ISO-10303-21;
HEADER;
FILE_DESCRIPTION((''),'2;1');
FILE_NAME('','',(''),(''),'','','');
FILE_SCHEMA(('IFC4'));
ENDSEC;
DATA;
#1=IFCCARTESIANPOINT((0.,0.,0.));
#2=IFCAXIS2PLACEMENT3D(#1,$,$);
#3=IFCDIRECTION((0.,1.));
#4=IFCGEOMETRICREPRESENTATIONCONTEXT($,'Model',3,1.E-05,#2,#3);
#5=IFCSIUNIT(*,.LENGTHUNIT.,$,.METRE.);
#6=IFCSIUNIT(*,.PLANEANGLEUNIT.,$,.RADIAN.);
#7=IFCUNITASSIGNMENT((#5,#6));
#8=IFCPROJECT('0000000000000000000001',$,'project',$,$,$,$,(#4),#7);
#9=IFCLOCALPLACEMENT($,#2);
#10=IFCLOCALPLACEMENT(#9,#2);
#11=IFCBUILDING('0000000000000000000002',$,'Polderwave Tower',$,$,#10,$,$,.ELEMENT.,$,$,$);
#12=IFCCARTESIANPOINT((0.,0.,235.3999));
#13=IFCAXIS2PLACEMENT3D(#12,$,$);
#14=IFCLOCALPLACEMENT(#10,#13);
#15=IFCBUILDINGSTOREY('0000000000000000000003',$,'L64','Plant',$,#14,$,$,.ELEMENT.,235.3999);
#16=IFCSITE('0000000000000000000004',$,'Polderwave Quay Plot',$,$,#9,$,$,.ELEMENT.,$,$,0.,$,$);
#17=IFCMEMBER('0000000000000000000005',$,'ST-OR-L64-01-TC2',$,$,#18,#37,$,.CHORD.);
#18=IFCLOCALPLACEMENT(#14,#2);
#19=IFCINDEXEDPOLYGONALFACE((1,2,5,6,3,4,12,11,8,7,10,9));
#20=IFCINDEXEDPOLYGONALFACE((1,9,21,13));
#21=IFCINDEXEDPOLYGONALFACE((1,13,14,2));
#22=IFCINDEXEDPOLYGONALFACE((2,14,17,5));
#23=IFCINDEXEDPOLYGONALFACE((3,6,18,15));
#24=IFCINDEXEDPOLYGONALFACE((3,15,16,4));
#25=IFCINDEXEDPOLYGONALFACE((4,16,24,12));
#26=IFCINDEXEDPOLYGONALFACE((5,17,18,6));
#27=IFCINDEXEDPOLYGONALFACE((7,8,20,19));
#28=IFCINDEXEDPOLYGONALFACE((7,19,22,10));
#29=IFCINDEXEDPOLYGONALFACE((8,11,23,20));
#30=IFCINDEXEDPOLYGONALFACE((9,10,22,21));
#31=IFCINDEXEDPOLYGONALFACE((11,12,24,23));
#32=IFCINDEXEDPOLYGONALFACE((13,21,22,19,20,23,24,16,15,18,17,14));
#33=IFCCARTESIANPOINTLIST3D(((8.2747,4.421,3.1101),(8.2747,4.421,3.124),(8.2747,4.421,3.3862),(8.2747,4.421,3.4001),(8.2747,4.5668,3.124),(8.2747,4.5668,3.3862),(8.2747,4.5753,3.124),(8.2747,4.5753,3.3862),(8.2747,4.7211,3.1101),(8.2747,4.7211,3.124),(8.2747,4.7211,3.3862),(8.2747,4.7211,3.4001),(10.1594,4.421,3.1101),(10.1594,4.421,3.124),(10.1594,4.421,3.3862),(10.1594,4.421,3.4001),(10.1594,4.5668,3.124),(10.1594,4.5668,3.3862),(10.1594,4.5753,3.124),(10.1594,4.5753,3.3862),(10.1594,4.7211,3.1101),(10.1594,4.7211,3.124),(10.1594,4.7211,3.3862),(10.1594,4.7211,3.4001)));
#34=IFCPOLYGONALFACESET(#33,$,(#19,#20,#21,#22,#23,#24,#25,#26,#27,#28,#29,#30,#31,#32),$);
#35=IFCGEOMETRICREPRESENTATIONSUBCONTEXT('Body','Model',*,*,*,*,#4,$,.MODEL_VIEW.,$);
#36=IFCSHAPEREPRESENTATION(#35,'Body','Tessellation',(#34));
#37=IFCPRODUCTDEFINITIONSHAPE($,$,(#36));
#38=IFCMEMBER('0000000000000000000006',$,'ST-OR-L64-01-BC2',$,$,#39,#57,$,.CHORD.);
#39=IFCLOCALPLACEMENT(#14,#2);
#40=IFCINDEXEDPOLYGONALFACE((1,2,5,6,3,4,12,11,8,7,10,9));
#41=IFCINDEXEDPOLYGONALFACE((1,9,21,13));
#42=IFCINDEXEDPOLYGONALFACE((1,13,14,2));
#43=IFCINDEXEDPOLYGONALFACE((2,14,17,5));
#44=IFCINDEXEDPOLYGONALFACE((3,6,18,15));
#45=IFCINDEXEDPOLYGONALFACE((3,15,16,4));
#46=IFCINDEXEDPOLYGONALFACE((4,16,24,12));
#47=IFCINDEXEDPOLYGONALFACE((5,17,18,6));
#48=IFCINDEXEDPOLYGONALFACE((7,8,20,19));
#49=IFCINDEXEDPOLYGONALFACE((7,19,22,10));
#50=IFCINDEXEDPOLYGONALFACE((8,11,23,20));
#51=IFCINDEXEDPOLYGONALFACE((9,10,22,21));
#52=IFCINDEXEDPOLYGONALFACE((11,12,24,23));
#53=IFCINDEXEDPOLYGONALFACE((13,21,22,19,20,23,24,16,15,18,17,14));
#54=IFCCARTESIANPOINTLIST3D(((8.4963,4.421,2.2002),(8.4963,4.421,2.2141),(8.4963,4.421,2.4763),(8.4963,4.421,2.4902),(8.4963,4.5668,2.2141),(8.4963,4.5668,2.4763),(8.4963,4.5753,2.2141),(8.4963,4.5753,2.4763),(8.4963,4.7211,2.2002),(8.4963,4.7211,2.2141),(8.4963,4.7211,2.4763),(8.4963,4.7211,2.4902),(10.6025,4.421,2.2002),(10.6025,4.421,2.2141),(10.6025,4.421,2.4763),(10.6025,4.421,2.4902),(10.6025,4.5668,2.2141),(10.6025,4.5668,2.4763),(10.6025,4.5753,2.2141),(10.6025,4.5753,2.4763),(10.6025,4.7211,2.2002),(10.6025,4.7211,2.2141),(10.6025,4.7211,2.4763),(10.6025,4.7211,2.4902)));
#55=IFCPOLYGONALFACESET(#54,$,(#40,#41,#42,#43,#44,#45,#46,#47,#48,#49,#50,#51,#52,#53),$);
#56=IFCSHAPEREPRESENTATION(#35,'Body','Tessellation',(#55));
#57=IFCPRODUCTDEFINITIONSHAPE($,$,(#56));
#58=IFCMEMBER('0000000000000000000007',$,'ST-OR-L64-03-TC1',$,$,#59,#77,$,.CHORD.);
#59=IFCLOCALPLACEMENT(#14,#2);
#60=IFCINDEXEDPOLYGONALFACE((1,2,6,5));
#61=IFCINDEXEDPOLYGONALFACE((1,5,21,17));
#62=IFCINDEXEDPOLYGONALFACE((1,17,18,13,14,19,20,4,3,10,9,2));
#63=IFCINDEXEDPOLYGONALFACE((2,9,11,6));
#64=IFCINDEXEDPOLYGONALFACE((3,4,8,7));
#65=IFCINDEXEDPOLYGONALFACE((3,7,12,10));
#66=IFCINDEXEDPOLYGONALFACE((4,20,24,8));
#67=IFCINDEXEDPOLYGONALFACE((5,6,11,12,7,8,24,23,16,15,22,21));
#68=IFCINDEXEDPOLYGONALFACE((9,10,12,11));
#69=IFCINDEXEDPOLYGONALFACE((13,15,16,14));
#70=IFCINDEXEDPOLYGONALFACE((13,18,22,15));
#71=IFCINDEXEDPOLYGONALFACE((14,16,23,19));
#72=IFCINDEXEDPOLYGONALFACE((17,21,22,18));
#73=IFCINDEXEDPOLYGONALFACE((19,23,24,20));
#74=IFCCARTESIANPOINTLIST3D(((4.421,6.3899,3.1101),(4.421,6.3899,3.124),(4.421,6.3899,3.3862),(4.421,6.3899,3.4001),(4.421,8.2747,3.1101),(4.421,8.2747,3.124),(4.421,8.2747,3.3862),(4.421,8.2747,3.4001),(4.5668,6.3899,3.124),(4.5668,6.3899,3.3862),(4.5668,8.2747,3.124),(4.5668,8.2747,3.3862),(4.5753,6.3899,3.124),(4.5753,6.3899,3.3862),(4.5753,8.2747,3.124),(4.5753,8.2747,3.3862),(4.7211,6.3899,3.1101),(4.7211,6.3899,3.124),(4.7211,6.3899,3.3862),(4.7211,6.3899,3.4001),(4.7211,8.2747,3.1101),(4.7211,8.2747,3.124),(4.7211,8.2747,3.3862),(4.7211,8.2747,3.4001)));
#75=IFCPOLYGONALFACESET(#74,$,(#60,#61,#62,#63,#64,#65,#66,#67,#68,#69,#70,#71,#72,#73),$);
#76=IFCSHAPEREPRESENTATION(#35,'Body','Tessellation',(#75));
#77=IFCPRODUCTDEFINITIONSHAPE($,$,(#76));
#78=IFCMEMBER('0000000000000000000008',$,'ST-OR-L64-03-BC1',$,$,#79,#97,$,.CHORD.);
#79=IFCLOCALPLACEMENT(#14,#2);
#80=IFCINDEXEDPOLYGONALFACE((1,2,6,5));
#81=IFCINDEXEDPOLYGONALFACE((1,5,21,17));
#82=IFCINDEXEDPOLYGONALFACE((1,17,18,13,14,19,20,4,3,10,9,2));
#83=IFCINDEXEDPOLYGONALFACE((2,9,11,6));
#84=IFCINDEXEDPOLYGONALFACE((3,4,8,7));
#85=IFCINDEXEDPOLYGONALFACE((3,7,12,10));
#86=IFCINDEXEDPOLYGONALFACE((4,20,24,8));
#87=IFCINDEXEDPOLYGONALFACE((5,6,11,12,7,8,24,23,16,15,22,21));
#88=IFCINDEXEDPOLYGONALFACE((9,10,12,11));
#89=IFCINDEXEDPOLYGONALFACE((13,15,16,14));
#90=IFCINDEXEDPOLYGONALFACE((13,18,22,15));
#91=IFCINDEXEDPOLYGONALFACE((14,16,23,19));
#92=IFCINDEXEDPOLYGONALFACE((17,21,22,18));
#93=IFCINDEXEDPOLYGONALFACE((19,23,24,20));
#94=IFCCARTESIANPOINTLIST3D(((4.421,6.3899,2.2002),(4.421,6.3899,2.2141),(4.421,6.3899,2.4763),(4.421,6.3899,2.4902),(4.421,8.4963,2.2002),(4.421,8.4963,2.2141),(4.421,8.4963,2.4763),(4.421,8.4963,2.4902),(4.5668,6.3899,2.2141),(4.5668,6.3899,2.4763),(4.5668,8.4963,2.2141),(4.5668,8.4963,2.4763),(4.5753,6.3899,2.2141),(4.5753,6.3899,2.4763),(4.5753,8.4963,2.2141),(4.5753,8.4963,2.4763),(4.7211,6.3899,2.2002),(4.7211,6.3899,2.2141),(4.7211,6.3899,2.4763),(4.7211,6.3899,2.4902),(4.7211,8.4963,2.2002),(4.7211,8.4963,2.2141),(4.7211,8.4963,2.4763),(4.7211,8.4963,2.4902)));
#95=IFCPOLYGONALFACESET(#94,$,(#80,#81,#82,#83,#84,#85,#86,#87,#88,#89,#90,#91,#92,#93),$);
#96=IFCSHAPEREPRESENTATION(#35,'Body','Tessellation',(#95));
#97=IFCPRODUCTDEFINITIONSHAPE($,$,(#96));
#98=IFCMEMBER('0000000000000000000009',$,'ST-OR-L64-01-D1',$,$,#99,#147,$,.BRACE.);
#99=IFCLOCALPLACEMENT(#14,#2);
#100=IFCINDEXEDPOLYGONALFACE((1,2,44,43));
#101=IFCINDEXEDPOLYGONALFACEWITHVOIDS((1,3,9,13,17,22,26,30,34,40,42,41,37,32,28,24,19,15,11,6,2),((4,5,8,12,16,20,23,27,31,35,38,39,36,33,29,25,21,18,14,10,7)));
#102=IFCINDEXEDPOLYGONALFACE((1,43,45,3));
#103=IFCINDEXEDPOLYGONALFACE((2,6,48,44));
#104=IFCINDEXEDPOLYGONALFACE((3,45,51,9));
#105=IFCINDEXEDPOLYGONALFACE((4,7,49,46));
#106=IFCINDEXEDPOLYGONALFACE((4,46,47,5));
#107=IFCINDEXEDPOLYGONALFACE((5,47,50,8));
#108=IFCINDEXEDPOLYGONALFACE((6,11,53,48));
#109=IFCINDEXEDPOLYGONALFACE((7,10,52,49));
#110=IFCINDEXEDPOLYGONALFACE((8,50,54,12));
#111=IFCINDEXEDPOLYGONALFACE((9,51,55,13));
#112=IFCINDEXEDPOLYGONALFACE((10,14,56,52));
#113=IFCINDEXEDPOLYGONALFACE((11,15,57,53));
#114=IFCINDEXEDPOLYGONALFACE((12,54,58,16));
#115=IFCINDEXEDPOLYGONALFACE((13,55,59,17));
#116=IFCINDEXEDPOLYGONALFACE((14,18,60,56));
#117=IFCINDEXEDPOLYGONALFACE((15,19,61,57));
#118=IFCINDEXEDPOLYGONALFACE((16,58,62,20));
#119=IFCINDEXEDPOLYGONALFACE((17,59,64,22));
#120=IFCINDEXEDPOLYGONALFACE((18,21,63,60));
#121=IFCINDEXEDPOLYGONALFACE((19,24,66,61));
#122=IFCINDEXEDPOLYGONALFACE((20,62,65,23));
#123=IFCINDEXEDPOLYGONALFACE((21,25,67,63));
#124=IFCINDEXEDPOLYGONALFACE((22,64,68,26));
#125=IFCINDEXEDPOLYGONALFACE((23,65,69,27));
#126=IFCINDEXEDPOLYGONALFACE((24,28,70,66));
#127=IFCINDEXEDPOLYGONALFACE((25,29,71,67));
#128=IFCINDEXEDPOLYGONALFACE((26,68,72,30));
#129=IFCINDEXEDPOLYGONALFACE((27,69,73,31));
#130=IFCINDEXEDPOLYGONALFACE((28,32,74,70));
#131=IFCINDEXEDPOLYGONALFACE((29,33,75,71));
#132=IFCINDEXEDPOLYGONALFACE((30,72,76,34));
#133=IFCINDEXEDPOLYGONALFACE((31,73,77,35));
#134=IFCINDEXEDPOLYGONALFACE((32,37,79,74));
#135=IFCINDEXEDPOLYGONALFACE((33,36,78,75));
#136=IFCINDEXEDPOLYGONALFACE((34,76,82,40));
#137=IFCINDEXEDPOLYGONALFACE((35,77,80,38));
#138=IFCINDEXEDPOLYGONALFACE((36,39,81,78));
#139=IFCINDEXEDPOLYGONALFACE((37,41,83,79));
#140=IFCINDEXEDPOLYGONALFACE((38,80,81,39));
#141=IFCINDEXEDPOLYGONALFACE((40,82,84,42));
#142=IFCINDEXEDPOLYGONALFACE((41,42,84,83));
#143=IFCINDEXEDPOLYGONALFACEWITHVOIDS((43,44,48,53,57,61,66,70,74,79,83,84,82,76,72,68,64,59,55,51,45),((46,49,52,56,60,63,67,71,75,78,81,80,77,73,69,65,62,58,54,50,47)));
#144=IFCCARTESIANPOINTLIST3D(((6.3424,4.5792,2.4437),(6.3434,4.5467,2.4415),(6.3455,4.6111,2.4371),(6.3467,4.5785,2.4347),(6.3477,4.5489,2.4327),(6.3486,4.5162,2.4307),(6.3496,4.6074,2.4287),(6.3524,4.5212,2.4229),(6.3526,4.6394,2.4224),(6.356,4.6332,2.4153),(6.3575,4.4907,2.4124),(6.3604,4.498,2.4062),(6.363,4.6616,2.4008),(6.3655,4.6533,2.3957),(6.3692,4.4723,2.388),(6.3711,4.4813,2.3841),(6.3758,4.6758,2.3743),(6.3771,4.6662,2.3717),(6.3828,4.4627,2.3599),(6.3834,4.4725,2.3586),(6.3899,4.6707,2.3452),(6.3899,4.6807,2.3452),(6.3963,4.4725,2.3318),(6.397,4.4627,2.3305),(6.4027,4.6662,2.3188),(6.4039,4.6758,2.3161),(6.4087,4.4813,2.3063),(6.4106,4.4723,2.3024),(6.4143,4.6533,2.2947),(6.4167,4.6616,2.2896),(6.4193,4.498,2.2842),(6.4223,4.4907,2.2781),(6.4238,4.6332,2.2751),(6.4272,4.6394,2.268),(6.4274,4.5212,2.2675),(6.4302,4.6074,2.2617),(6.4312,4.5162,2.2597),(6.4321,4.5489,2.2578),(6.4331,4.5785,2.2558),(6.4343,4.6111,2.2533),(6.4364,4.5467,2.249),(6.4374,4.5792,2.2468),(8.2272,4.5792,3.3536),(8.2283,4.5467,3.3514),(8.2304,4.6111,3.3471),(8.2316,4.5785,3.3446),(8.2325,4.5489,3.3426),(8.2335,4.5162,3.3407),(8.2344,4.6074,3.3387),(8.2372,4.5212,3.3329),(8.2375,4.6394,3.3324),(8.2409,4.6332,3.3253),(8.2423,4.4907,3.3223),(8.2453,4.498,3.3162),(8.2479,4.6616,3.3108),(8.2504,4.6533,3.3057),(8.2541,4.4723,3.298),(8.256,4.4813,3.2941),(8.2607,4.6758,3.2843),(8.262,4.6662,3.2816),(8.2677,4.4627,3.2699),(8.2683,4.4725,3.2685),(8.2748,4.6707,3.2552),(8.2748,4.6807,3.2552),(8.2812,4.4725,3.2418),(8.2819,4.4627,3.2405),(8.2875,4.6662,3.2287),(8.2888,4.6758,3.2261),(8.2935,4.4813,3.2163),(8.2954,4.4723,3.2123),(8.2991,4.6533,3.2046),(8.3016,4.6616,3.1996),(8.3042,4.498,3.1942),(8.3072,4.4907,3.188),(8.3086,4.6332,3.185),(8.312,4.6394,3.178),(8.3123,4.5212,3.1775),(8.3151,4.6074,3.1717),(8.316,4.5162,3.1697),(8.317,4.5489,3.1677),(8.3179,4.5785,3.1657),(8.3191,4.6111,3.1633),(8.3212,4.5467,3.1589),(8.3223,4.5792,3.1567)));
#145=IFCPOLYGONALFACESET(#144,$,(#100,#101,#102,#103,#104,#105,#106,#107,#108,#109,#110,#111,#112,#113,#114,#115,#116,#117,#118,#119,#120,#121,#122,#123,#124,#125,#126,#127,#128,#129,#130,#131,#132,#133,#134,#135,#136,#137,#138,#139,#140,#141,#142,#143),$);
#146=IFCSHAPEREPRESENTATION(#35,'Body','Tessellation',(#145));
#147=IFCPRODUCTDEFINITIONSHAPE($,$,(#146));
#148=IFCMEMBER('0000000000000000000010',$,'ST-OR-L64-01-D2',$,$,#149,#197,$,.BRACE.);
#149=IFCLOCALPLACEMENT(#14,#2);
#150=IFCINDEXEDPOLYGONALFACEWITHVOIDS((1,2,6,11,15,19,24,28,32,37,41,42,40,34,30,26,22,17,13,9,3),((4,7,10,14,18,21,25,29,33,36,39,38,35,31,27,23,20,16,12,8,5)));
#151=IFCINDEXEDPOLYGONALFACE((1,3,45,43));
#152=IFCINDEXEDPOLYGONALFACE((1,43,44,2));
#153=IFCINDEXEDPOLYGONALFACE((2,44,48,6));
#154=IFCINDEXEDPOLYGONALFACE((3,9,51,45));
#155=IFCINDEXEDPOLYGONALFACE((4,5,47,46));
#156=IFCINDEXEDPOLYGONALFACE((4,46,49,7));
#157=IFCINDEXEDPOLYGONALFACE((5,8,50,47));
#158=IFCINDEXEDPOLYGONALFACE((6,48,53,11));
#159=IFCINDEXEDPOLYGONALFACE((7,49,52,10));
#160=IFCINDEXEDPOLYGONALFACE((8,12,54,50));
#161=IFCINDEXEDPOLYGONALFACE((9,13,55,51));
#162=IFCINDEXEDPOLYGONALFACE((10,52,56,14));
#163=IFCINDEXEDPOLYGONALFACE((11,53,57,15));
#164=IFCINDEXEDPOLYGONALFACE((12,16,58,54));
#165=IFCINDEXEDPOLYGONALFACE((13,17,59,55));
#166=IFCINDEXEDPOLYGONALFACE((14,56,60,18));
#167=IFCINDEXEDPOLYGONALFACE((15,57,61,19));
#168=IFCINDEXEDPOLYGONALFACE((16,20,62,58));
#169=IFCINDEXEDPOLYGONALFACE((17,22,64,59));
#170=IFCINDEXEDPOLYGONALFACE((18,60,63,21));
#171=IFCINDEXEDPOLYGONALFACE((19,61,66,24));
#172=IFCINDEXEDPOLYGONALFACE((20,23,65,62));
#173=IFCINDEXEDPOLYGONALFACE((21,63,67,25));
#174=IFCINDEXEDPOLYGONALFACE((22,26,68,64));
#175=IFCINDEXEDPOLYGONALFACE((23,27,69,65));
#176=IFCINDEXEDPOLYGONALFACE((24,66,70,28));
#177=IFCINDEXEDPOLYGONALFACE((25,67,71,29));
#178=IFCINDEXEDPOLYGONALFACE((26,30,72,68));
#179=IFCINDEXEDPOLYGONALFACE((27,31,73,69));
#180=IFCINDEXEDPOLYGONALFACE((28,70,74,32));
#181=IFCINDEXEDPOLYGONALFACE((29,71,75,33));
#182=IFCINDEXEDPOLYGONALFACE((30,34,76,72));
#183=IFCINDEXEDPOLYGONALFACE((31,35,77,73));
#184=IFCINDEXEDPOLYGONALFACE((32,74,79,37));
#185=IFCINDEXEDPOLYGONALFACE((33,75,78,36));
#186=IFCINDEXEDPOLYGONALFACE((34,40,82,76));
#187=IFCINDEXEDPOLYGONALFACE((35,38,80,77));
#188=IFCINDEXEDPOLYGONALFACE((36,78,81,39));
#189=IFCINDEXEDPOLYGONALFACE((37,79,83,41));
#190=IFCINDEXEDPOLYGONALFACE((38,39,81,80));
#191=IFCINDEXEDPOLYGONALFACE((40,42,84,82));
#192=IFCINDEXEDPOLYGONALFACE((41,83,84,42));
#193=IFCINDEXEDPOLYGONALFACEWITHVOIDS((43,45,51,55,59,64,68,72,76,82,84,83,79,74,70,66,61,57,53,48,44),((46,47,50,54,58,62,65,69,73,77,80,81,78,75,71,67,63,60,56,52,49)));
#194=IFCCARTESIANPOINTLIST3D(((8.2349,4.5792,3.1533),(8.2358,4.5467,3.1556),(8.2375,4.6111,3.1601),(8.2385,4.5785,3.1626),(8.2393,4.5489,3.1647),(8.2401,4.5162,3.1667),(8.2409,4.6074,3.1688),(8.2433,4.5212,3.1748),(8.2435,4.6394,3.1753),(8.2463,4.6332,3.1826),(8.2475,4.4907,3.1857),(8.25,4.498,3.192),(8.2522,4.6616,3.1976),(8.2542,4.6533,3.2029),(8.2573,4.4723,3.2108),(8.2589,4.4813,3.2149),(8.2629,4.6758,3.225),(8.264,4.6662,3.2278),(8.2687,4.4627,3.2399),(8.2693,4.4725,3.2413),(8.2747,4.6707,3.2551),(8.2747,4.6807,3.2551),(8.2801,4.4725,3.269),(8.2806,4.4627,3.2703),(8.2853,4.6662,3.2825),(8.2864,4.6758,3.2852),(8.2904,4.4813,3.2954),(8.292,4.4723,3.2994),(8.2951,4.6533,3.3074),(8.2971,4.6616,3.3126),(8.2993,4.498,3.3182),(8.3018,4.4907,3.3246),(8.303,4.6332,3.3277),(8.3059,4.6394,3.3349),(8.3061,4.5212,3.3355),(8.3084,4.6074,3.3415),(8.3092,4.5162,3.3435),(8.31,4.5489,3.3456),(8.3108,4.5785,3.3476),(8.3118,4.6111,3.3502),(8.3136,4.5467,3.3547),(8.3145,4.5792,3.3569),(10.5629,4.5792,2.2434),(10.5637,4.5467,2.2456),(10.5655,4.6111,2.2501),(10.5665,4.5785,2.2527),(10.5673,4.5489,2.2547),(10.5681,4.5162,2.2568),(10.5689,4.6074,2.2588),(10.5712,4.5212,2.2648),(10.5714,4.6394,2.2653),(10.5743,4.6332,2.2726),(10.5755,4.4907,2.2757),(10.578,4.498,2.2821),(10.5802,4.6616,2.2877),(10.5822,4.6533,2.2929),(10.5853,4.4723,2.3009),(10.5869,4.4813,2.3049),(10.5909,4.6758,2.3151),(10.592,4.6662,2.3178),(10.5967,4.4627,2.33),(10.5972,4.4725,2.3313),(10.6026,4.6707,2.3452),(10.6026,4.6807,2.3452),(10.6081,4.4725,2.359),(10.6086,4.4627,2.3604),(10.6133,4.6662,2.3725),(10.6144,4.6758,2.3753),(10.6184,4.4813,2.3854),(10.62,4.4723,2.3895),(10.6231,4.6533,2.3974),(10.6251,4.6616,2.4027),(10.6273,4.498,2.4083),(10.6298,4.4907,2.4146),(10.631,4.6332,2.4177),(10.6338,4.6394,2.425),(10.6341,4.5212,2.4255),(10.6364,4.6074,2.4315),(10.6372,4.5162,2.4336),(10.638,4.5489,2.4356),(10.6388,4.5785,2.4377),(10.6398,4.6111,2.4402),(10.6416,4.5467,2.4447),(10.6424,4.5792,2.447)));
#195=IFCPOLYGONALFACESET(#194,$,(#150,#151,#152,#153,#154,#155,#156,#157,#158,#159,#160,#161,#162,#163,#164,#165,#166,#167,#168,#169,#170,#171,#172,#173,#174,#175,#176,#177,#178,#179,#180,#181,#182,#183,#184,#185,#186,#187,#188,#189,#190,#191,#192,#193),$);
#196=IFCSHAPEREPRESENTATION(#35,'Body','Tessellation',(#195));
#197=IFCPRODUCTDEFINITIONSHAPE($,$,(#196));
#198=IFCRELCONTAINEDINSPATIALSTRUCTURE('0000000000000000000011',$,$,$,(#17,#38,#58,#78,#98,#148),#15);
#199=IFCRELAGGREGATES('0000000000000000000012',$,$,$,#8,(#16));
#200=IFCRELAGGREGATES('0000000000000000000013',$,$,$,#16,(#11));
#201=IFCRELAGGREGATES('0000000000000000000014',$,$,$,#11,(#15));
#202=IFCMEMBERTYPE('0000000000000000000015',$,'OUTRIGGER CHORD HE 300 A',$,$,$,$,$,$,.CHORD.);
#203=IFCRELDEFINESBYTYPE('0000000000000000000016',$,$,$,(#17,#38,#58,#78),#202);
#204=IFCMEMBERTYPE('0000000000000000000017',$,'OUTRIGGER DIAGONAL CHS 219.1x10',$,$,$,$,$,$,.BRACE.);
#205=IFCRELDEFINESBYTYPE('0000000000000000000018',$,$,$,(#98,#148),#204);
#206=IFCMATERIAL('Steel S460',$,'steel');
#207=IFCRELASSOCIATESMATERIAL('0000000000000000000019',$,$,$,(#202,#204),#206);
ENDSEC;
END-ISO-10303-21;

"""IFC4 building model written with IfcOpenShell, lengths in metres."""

from ifc_helpers import new_model, si_unit, direction, frame, origin, origin_2d, place, context, subcontext, project, spatial, hollow_circle, i_section, extrude, material, material_profile, profile_set, type_object, element, save


model = new_model("IFC4")

# Units and contexts
model_context = context("Model", 3, precision=1e-05, world=origin(), true_north=direction((0.0, 1.0)))
body_context = subcontext(model_context, "Body", "Model", "MODEL_VIEW")
ifc_project = project(units=[si_unit("LENGTHUNIT", "METRE"), si_unit("PLANEANGLEUNIT", "RADIAN")], contexts=[model_context])

# Site, building, storey
site_placement = place(None, origin())
site = spatial("IfcSite", under=ifc_project, at=site_placement, Name="Polderwave Quay Plot", CompositionType="ELEMENT", RefElevation=0.0)
building_placement = place(site_placement, origin())
building = spatial("IfcBuilding", under=site, at=building_placement, Name="Polderwave Tower", CompositionType="ELEMENT")
storey_placement = place(building_placement, frame((0.0, 0.0, 235.3999)))
storey = spatial("IfcBuildingStorey", under=building, at=storey_placement, Name="L64", Description="Plant", CompositionType="ELEMENT", Elevation=235.3999)

# Shared definitions
ifc_material_1 = material(Name="Steel S460", Category="steel")

# Members
ifc_material_profile_1 = material_profile(ifc_material_1, i_section(OverallWidth=0.3, OverallDepth=0.29, WebThickness=0.0085, FlangeThickness=0.0139, at=origin_2d()), Name="HE 300 A")
ifc_profile_set_1 = profile_set([ifc_material_profile_1], Name="Steel S460")
member_type_1 = type_object("IfcMemberType", Name="OUTRIGGER CHORD HE 300 A", PredefinedType="CHORD", material=ifc_profile_set_1)
member_1_placement = place(storey_placement, frame((8.2747, 4.571, 3.2551), z_axis=(1.0, 0.0, 0.0), x_axis=(0.0, 1.0, 0.0)))
element("IfcMember", 1, at=member_1_placement, inside=storey, type_object=member_type_1, Name="ST-OR-L64-01-TC2", PredefinedType="CHORD", context=body_context, shape_type="SweptSolid", body=[
    extrude(i_section(OverallWidth=0.3, OverallDepth=0.29, WebThickness=0.0085, FlangeThickness=0.0139, at=origin_2d()), origin(), (0.0, 0.0, 1.0), 1.8848),
])
member_2_placement = place(storey_placement, frame((8.4963, 4.571, 2.3452), z_axis=(1.0, 0.0, 0.0), x_axis=(0.0, 1.0, 0.0)))
element("IfcMember", 2, at=member_2_placement, inside=storey, type_object=member_type_1, Name="ST-OR-L64-01-BC2", PredefinedType="CHORD", context=body_context, shape_type="SweptSolid", body=[
    extrude(i_section(OverallWidth=0.3, OverallDepth=0.29, WebThickness=0.0085, FlangeThickness=0.0139, at=origin_2d()), origin(), (0.0, 0.0, 1.0), 2.1062),
])
member_3_placement = place(storey_placement, frame((4.571, 6.3899, 3.2551), z_axis=(0.0, 1.0, 0.0), x_axis=(-1.0, 0.0, 0.0)))
element("IfcMember", 3, at=member_3_placement, inside=storey, type_object=member_type_1, Name="ST-OR-L64-03-TC1", PredefinedType="CHORD", context=body_context, shape_type="SweptSolid", body=[
    extrude(i_section(OverallWidth=0.3, OverallDepth=0.29, WebThickness=0.0085, FlangeThickness=0.0139, at=origin_2d()), origin(), (0.0, 0.0, 1.0), 1.8848),
])
member_4_placement = place(storey_placement, frame((4.571, 6.3899, 2.3452), z_axis=(0.0, 1.0, 0.0), x_axis=(-1.0, 0.0, 0.0)))
element("IfcMember", 4, at=member_4_placement, inside=storey, type_object=member_type_1, Name="ST-OR-L64-03-BC1", PredefinedType="CHORD", context=body_context, shape_type="SweptSolid", body=[
    extrude(i_section(OverallWidth=0.3, OverallDepth=0.29, WebThickness=0.0085, FlangeThickness=0.0139, at=origin_2d()), origin(), (0.0, 0.0, 1.0), 2.1064),
])
ifc_material_profile_2 = material_profile(ifc_material_1, hollow_circle(Radius=0.1096, WallThickness=0.01, at=origin_2d()), Name="CHS 219.1x10")
ifc_profile_set_2 = profile_set([ifc_material_profile_2], Name="Steel S460")
member_type_2 = type_object("IfcMemberType", Name="OUTRIGGER DIAGONAL CHS 219.1x10", PredefinedType="BRACE", material=ifc_profile_set_2)
member_5_placement = place(storey_placement, frame((6.3899, 4.571, 2.3452), z_axis=(0.900547, 0.0, 0.434759), x_axis=(0.0, 1.0, 0.0)))
element("IfcMember", 5, at=member_5_placement, inside=storey, type_object=member_type_2, Name="ST-OR-L64-01-D1", PredefinedType="BRACE", context=body_context, shape_type="SweptSolid", body=[
    extrude(hollow_circle(Radius=0.1096, WallThickness=0.01, at=origin_2d()), origin(), (0.0, 0.0, 1.0), 2.093),
])
member_6_placement = place(storey_placement, frame((8.2747, 4.571, 3.2551), z_axis=(0.931378, 0.0, -0.364053), x_axis=(0.0, 1.0, 0.0)))
element("IfcMember", 6, at=member_6_placement, inside=storey, type_object=member_type_2, Name="ST-OR-L64-01-D2", PredefinedType="BRACE", context=body_context, shape_type="SweptSolid", body=[
    extrude(hollow_circle(Radius=0.1096, WallThickness=0.01, at=origin_2d()), origin(), (0.0, 0.0, 1.0), 2.4995),
])

save(model, "model.ifc")
